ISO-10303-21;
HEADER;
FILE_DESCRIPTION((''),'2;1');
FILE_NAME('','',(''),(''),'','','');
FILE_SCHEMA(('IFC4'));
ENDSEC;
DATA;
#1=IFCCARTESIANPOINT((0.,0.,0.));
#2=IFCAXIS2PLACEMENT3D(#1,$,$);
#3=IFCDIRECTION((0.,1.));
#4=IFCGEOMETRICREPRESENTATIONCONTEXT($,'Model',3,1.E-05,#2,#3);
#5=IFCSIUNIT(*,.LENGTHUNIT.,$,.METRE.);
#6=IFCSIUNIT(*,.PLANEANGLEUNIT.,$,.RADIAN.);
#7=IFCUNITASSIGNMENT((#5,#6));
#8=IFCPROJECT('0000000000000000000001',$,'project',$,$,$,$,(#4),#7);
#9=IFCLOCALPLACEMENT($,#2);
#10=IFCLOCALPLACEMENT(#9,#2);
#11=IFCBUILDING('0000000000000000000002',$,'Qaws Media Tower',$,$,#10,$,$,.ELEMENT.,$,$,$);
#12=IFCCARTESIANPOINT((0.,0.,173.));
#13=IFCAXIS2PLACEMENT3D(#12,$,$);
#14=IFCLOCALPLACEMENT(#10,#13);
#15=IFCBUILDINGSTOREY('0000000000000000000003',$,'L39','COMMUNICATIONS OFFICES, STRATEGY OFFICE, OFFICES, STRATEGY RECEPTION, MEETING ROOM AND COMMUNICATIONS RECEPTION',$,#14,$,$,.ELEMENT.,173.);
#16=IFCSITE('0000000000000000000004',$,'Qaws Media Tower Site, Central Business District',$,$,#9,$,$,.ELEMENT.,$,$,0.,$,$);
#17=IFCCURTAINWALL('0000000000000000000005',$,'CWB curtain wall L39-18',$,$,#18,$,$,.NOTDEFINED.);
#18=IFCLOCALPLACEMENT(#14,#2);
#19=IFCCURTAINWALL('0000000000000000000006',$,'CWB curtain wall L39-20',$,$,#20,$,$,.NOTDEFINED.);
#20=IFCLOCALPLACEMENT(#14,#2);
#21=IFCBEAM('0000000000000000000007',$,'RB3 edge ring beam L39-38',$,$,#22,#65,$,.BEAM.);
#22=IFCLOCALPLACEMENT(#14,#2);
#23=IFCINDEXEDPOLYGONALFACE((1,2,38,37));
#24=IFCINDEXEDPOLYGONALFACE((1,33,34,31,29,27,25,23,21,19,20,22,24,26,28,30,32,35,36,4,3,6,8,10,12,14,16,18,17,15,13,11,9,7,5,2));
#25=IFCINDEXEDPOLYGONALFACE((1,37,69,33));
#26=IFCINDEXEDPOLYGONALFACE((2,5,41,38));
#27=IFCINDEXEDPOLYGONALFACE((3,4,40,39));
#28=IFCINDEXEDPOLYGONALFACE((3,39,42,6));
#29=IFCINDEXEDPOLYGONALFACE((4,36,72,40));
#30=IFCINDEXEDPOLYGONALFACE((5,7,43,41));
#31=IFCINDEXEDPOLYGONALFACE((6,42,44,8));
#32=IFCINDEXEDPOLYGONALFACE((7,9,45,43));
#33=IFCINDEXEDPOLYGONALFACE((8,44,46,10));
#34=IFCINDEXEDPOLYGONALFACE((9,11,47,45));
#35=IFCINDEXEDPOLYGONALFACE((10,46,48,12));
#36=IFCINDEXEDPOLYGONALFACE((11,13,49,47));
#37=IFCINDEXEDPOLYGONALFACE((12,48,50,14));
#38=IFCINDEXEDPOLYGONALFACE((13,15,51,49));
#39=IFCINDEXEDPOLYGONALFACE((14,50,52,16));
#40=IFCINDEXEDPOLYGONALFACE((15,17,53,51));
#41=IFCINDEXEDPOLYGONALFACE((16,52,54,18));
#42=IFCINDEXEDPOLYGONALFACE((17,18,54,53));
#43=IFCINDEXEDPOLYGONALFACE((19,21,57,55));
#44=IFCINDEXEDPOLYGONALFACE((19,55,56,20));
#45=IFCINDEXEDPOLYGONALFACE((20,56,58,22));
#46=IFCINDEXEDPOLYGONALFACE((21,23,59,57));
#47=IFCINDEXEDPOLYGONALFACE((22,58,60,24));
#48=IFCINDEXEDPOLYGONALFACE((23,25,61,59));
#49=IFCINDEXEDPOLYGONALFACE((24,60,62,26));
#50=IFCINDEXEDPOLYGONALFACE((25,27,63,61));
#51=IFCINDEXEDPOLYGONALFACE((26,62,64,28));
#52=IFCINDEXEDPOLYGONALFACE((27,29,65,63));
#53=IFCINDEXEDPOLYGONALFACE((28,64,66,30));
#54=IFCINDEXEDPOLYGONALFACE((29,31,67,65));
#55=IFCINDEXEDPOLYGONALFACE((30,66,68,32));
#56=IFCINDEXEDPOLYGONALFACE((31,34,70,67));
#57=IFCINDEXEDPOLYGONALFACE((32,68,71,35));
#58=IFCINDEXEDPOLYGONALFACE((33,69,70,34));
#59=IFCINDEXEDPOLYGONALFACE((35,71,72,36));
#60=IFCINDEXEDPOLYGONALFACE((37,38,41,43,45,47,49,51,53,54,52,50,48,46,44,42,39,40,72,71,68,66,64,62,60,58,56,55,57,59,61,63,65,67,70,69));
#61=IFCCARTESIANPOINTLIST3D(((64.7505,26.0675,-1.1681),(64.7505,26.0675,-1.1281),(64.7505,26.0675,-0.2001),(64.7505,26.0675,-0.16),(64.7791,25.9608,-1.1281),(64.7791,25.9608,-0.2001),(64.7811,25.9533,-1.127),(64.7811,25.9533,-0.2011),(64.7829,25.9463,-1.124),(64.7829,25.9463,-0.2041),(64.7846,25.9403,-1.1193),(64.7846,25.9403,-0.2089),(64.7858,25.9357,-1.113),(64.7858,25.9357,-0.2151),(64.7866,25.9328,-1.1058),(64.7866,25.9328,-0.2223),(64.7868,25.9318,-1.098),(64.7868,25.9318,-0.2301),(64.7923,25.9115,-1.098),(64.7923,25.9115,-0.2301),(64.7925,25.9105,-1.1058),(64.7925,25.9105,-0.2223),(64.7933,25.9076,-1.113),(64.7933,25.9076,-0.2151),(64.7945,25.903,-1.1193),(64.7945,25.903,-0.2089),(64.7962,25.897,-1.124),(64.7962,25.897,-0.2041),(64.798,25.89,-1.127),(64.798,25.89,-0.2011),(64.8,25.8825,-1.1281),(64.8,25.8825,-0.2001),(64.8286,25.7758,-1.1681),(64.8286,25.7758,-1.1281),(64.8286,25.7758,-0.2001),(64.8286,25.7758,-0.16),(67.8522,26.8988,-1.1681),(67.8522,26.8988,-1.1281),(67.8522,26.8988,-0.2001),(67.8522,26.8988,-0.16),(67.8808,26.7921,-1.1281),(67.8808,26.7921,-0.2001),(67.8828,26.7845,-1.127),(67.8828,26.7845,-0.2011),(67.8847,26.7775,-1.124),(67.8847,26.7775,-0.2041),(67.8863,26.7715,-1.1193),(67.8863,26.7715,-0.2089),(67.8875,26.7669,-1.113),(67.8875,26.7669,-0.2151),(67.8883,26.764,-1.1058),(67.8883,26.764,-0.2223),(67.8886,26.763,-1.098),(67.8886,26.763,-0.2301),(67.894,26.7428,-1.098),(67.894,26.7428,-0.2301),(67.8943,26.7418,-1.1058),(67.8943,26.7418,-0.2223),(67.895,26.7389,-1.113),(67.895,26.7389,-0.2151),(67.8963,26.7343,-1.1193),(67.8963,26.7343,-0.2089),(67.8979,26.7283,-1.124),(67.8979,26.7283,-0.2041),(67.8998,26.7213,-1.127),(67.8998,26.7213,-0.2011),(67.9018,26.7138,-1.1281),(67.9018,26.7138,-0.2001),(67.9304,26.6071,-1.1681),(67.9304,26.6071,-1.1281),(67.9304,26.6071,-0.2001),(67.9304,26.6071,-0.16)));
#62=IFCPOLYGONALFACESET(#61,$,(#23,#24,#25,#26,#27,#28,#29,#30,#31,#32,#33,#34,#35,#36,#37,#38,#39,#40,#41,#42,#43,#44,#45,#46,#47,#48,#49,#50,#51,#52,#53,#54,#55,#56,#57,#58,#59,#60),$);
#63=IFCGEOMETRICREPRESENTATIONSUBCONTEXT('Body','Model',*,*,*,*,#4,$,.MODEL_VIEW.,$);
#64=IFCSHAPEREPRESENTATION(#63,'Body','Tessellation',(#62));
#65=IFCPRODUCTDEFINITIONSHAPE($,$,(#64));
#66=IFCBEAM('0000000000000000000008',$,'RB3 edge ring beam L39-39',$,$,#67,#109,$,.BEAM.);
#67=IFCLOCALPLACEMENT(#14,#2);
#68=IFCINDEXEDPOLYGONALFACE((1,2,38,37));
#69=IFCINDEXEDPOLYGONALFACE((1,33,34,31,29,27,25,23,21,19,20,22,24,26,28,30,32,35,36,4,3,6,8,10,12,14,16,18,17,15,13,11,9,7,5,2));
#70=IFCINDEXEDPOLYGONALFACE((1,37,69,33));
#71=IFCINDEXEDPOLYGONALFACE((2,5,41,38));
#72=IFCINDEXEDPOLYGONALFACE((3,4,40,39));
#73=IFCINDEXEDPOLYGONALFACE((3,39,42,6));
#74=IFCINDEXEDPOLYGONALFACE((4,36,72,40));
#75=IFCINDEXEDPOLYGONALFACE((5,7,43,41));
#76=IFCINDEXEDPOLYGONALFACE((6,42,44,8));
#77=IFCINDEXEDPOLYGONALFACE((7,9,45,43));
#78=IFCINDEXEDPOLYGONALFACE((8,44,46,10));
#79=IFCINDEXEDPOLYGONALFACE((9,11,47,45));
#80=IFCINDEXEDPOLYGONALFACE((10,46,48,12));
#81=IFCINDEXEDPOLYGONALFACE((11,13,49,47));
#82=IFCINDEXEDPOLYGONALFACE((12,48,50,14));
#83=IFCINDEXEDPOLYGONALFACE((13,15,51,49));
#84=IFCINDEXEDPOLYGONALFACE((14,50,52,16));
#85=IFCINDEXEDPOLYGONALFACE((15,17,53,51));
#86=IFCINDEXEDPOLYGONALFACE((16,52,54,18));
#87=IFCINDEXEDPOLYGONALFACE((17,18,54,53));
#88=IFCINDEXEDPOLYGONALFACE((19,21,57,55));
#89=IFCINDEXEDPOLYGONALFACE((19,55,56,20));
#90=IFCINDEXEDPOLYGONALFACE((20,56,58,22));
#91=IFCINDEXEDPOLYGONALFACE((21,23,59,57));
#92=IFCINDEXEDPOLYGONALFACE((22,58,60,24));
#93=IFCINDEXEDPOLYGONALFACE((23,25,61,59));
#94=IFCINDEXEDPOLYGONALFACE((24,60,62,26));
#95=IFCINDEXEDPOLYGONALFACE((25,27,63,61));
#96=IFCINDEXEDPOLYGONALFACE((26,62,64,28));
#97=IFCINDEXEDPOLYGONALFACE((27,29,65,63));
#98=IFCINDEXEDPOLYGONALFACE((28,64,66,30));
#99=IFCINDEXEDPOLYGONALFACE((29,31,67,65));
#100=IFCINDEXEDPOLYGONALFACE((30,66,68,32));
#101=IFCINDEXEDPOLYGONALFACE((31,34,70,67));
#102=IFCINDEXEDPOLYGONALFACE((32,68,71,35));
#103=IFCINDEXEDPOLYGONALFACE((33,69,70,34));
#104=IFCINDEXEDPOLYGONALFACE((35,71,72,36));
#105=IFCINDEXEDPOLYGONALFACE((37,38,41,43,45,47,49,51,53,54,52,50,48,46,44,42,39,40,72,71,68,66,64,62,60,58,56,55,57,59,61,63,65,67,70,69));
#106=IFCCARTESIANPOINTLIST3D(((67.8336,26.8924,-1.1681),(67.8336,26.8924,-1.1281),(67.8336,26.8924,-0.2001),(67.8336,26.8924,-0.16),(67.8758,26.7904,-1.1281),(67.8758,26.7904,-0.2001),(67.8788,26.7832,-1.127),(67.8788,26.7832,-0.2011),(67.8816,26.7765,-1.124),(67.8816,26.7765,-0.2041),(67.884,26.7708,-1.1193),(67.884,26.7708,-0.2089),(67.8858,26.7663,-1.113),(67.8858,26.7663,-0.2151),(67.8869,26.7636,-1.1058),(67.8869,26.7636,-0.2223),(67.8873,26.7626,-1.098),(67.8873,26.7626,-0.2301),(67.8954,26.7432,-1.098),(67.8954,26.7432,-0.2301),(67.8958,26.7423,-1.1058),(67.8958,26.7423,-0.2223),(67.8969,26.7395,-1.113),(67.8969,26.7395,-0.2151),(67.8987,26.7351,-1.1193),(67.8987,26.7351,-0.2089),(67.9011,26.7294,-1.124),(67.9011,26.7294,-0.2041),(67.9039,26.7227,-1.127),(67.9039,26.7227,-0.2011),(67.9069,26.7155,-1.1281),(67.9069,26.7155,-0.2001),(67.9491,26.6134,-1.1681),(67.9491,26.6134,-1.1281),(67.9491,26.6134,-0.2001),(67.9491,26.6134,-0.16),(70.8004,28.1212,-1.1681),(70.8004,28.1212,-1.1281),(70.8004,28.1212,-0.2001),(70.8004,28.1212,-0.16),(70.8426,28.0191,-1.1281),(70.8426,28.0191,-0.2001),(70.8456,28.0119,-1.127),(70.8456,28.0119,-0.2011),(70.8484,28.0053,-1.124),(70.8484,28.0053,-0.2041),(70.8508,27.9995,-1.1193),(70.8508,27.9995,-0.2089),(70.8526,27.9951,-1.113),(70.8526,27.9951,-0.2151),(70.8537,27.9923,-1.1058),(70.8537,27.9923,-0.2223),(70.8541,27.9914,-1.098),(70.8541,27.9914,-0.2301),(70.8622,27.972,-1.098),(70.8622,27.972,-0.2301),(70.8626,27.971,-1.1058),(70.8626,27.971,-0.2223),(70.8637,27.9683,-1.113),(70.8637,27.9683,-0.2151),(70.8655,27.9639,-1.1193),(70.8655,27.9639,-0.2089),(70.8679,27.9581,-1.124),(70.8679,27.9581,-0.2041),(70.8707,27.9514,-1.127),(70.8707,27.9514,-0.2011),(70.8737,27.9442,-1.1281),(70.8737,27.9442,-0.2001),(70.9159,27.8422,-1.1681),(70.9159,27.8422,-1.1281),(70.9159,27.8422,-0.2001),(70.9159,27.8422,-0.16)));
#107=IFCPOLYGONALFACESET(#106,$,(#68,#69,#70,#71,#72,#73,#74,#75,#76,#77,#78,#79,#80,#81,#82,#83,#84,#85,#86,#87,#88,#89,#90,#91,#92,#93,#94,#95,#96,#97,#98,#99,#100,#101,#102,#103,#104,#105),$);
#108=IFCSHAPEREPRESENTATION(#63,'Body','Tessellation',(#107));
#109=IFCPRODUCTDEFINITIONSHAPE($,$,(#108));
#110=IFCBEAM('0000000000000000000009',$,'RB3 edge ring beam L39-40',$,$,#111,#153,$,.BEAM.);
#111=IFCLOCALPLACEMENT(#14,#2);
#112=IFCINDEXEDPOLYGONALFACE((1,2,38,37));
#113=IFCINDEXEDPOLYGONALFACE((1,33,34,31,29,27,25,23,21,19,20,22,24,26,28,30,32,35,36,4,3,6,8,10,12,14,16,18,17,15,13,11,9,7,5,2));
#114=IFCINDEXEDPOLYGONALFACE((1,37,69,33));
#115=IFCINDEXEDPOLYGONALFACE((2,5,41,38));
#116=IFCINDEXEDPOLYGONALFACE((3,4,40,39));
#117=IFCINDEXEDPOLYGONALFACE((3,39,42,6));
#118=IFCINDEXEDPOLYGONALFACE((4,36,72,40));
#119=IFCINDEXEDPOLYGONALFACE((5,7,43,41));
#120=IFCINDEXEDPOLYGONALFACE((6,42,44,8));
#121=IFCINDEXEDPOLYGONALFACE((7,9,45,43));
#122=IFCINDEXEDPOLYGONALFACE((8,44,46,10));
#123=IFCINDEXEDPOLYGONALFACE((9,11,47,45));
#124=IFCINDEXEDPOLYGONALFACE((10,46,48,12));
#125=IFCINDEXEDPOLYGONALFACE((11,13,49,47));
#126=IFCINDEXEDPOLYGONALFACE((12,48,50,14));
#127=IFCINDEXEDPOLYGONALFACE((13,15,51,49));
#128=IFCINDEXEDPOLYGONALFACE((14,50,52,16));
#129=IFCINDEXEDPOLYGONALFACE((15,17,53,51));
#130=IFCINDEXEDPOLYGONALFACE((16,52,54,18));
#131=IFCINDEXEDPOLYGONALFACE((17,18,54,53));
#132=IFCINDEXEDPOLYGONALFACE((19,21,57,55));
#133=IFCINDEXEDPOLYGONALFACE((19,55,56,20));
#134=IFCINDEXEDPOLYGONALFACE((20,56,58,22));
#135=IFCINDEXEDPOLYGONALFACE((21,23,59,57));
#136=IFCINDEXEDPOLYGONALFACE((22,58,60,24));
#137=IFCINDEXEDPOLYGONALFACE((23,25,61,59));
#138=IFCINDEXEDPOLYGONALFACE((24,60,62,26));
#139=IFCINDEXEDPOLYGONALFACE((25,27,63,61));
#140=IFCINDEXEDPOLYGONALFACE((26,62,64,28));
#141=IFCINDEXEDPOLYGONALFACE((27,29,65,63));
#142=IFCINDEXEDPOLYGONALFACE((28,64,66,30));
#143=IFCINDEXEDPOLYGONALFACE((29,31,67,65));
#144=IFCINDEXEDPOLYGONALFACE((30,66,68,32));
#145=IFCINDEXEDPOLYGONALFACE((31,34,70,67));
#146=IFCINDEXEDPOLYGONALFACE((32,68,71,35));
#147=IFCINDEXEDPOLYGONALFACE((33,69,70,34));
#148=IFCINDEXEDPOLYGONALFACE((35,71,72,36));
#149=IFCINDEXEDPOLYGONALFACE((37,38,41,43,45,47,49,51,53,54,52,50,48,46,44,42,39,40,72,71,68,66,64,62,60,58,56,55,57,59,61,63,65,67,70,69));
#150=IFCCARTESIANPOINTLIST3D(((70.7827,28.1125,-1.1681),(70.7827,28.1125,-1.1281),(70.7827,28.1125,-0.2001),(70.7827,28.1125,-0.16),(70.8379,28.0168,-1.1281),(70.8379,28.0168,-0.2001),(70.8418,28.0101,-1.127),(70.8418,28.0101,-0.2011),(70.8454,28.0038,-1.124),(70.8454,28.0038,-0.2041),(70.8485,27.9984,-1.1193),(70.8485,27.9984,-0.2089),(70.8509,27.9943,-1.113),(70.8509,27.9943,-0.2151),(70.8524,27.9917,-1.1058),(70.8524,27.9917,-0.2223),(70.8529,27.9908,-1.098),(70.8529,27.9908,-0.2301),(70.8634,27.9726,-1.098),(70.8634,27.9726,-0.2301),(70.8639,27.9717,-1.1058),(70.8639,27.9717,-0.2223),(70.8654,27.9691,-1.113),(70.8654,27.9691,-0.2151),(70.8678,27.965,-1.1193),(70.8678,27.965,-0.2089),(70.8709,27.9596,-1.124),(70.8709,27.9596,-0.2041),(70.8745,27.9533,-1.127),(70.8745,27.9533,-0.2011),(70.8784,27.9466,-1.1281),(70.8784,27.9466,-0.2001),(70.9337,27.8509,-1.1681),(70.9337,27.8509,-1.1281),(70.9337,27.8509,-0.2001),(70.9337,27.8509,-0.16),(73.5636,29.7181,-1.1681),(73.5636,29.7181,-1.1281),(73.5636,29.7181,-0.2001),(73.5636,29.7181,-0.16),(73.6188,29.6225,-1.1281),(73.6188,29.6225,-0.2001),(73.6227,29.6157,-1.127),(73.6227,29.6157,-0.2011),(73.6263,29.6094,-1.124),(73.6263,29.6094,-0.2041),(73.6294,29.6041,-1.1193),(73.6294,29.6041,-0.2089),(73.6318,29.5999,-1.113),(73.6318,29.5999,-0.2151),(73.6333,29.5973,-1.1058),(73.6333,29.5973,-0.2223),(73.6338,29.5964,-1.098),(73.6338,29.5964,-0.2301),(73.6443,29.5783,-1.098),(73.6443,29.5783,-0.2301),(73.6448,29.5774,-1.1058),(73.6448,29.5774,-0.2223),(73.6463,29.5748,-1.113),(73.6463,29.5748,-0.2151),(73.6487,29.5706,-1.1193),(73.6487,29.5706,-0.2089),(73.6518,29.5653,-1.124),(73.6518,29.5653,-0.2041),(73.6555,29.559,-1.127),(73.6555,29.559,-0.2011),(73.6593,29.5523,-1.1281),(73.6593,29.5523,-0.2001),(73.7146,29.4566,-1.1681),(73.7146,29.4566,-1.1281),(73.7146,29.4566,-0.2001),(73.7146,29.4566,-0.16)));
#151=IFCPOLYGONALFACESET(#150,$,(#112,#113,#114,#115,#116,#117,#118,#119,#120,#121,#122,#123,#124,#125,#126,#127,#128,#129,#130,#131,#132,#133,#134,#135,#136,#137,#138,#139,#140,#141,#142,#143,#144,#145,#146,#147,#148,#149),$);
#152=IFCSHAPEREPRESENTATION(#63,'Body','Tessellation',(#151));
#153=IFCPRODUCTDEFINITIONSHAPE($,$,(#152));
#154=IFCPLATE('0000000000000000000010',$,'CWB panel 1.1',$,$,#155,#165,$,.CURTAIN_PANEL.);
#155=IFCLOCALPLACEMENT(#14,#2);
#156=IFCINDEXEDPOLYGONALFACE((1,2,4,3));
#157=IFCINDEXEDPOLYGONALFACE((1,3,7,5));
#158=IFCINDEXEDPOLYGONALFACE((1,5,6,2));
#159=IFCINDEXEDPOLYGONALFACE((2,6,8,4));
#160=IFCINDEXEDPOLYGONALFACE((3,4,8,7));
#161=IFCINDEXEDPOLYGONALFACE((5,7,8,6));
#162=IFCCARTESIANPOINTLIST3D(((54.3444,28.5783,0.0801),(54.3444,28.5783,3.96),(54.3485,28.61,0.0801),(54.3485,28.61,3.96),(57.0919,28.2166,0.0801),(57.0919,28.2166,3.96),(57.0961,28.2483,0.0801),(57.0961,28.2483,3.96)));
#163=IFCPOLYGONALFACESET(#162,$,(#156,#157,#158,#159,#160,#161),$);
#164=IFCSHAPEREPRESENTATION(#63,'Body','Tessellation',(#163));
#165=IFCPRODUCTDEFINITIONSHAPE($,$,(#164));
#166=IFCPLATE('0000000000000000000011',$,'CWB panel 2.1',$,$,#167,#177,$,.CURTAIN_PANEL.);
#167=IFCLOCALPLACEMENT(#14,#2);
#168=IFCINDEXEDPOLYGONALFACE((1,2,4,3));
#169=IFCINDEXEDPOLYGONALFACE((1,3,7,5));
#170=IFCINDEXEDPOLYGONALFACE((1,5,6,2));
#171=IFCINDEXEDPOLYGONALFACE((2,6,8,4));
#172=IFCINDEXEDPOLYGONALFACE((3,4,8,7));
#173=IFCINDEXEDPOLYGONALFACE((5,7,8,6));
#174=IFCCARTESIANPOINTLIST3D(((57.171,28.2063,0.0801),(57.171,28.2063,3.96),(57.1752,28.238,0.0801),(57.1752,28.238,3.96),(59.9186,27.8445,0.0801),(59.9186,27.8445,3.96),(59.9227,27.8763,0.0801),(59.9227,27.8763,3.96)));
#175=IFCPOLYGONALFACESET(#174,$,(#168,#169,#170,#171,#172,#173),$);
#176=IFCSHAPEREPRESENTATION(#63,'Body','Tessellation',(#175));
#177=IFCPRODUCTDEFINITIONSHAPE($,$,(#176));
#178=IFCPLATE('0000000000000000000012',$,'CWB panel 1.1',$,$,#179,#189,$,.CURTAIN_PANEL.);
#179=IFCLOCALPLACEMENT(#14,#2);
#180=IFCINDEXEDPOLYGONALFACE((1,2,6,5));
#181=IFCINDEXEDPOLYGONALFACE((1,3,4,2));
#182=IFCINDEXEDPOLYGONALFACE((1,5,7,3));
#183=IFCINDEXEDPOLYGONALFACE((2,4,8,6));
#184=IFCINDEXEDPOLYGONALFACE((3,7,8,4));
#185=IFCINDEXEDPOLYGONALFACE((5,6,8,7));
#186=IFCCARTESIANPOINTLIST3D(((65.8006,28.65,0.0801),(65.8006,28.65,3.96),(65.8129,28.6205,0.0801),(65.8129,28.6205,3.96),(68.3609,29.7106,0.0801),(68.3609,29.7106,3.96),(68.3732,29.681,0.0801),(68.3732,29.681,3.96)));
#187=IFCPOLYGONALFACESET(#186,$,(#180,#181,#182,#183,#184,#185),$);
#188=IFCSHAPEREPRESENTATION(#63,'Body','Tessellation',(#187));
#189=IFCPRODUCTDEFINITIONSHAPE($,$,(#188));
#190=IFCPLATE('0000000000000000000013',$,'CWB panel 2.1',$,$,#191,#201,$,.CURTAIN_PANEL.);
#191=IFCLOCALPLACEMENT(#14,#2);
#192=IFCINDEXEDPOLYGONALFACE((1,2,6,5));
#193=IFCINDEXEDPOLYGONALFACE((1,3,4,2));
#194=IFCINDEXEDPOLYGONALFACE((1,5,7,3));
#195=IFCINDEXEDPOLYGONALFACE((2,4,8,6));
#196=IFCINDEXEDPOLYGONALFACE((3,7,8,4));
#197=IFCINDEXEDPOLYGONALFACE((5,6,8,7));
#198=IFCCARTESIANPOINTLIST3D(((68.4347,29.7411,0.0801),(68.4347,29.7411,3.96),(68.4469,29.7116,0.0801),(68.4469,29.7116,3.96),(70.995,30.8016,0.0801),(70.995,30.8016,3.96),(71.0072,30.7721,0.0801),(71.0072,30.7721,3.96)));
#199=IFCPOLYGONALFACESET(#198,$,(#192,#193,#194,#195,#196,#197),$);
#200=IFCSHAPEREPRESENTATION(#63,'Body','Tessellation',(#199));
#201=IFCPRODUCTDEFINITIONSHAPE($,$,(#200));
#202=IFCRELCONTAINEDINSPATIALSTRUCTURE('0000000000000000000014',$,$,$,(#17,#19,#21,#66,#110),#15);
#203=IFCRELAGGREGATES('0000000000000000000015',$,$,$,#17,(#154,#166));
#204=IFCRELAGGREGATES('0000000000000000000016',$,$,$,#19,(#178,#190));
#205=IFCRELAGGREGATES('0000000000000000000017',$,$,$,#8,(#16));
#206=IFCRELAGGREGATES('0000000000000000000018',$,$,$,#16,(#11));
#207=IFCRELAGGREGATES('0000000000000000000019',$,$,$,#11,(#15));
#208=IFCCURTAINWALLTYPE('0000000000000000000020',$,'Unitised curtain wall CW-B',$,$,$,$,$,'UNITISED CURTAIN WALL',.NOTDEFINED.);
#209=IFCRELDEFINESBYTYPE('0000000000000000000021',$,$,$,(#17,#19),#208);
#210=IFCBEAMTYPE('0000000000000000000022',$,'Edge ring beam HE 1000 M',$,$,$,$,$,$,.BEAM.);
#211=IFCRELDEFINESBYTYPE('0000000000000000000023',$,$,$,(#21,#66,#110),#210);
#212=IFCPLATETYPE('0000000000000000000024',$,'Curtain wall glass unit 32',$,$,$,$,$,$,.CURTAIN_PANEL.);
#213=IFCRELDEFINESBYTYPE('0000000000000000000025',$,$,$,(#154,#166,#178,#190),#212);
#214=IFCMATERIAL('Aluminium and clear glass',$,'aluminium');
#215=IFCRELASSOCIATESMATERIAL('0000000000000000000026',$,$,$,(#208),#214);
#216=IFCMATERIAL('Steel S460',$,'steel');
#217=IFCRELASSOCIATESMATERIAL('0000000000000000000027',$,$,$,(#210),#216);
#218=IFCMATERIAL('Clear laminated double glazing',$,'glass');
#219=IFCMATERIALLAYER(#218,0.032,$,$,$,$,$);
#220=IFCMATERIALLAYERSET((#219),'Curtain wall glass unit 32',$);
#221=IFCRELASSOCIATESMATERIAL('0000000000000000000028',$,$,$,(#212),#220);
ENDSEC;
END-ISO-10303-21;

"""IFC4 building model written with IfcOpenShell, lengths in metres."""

from ifc_helpers import new_model, si_unit, direction, frame, origin, origin_2d, place, context, subcontext, project, spatial, rectangle, i_section, extrude, material, layer, layer_set, material_profile, profile_set, type_object, element, aggregate, save


model = new_model("IFC4")

# Units and contexts
model_context = context("Model", 3, precision=1e-05, world=origin(), true_north=direction((0.0, 1.0)))
body_context = subcontext(model_context, "Body", "Model", "MODEL_VIEW")
ifc_project = project(units=[si_unit("LENGTHUNIT", "METRE"), si_unit("PLANEANGLEUNIT", "RADIAN")], contexts=[model_context])

# Site, building, storey
site_placement = place(None, origin())
site = spatial("IfcSite", under=ifc_project, at=site_placement, Name="Qaws Media Tower Site, Central Business District", CompositionType="ELEMENT", RefElevation=0.0)
building_placement = place(site_placement, origin())
building = spatial("IfcBuilding", under=site, at=building_placement, Name="Qaws Media Tower", CompositionType="ELEMENT")
storey_placement = place(building_placement, frame((0.0, 0.0, 173.0)))
storey = spatial("IfcBuildingStorey", under=building, at=storey_placement, Name="L39", Description="COMMUNICATIONS OFFICES, STRATEGY OFFICE, OFFICES, STRATEGY RECEPTION, MEETING ROOM AND COMMUNICATIONS RECEPTION", CompositionType="ELEMENT", Elevation=173.0)

# Curtain walls
ifc_material_1 = material(Name="Aluminium and clear glass", Category="aluminium")
curtain_wall_type = type_object("IfcCurtainWallType", Name="Unitised curtain wall CW-B", ElementType="UNITISED CURTAIN WALL", PredefinedType="NOTDEFINED", material=ifc_material_1)
curtain_wall_1_placement = place(storey_placement, origin())
curtain_wall_1 = element("IfcCurtainWall", 1, at=curtain_wall_1_placement, inside=storey, type_object=curtain_wall_type, Name="CWB curtain wall L39-18", PredefinedType="NOTDEFINED")
curtain_wall_2_placement = place(storey_placement, origin())
curtain_wall_2 = element("IfcCurtainWall", 2, at=curtain_wall_2_placement, inside=storey, type_object=curtain_wall_type, Name="CWB curtain wall L39-20", PredefinedType="NOTDEFINED")

# Beams
ifc_material_2 = material(Name="Steel S460", Category="steel")
ifc_material_profile_1 = material_profile(ifc_material_2, i_section(OverallWidth=0.302, OverallDepth=1.0081, WebThickness=0.021, FlangeThickness=0.04, FilletRadius=0.03, at=origin_2d()), Name="HE 1000 M")
ifc_profile_set_1 = profile_set([ifc_material_profile_1], Name="Steel S460")
beam_type = type_object("IfcBeamType", Name="Edge ring beam HE 1000 M", PredefinedType="BEAM", material=ifc_profile_set_1)
for number, where, z_axis, x_axis, name in (
    (3, (64.7896, 25.9216, -0.6641), (0.965912, 0.258869, 0.0), (-0.258869, 0.965912, 0.0), "RB3 edge ring beam L39-38"),
    (4, (67.8914, 26.7529, -0.6641), (0.923894, 0.382649, 0.0), (-0.382649, 0.923894, 0.0), "RB3 edge ring beam L39-39"),
    (5, (70.8582, 27.9817, -0.6641), (0.866012, 0.500023, 0.0), (-0.500023, 0.866012, 0.0), "RB3 edge ring beam L39-40"),
):
    element("IfcBeam", number, at=place(storey_placement, frame(where, z_axis=z_axis, x_axis=x_axis)), inside=storey, type_object=beam_type, Name=name, PredefinedType="BEAM", context=body_context, shape_type="SweptSolid", body=[
        extrude(i_section(OverallWidth=0.302, OverallDepth=1.0081, WebThickness=0.021, FlangeThickness=0.04, FilletRadius=0.03, at=origin_2d()), origin(), (0.0, 0.0, 1.0), 3.2112),
    ])

# Plates
ifc_material_3 = material(Name="Clear laminated double glazing", Category="glass")
ifc_layer_1 = layer(ifc_material_3, 0.032)
ifc_layer_set_1 = layer_set([ifc_layer_1], Name="Curtain wall glass unit 32")
plate_type_1 = type_object("IfcPlateType", Name="Curtain wall glass unit 32", PredefinedType="CURTAIN_PANEL", material=ifc_layer_set_1)
plate_1_placement = place(storey_placement, frame((55.7202, 28.4133, 0.0801), z_axis=(0.0, 0.0, 1.0), x_axis=(0.991445, -0.130526, 0.0)))
plate_1 = element("IfcPlate", 6, at=plate_1_placement, type_object=plate_type_1, Name="CWB panel 1.1", PredefinedType="CURTAIN_PANEL", context=body_context, shape_type="SweptSolid", body=[
    extrude(rectangle(XDim=2.7712, YDim=0.032, at=origin_2d()), origin(), (0.0, 0.0, 1.0), 3.8799),
])
plate_2_placement = place(storey_placement, frame((58.5469, 28.0413, 0.0801), z_axis=(0.0, 0.0, 1.0), x_axis=(0.991445, -0.130526, 0.0)))
plate_2 = element("IfcPlate", 7, at=plate_2_placement, type_object=plate_type_1, Name="CWB panel 2.1", PredefinedType="CURTAIN_PANEL", context=body_context, shape_type="SweptSolid", body=[
    extrude(rectangle(XDim=2.7712, YDim=0.032, at=origin_2d()), origin(), (0.0, 0.0, 1.0), 3.8799),
])
aggregate(curtain_wall_1, [plate_1, plate_2])
plate_3_placement = place(storey_placement, frame((67.0869, 29.1655, 0.0801), z_axis=(0.0, 0.0, 1.0), x_axis=(0.92388, 0.382683, 0.0)))
plate_3 = element("IfcPlate", 8, at=plate_3_placement, type_object=plate_type_1, Name="CWB panel 1.1", PredefinedType="CURTAIN_PANEL", context=body_context, shape_type="SweptSolid", body=[
    extrude(rectangle(XDim=2.7712, YDim=0.032, at=origin_2d()), origin(), (0.0, 0.0, 1.0), 3.8799),
])
plate_4_placement = place(storey_placement, frame((69.7209, 30.2566, 0.0801), z_axis=(0.0, 0.0, 1.0), x_axis=(0.92388, 0.382683, 0.0)))
plate_4 = element("IfcPlate", 9, at=plate_4_placement, type_object=plate_type_1, Name="CWB panel 2.1", PredefinedType="CURTAIN_PANEL", context=body_context, shape_type="SweptSolid", body=[
    extrude(rectangle(XDim=2.7712, YDim=0.032, at=origin_2d()), origin(), (0.0, 0.0, 1.0), 3.8799),
])
aggregate(curtain_wall_2, [plate_3, plate_4])

save(model, "model.ifc")
